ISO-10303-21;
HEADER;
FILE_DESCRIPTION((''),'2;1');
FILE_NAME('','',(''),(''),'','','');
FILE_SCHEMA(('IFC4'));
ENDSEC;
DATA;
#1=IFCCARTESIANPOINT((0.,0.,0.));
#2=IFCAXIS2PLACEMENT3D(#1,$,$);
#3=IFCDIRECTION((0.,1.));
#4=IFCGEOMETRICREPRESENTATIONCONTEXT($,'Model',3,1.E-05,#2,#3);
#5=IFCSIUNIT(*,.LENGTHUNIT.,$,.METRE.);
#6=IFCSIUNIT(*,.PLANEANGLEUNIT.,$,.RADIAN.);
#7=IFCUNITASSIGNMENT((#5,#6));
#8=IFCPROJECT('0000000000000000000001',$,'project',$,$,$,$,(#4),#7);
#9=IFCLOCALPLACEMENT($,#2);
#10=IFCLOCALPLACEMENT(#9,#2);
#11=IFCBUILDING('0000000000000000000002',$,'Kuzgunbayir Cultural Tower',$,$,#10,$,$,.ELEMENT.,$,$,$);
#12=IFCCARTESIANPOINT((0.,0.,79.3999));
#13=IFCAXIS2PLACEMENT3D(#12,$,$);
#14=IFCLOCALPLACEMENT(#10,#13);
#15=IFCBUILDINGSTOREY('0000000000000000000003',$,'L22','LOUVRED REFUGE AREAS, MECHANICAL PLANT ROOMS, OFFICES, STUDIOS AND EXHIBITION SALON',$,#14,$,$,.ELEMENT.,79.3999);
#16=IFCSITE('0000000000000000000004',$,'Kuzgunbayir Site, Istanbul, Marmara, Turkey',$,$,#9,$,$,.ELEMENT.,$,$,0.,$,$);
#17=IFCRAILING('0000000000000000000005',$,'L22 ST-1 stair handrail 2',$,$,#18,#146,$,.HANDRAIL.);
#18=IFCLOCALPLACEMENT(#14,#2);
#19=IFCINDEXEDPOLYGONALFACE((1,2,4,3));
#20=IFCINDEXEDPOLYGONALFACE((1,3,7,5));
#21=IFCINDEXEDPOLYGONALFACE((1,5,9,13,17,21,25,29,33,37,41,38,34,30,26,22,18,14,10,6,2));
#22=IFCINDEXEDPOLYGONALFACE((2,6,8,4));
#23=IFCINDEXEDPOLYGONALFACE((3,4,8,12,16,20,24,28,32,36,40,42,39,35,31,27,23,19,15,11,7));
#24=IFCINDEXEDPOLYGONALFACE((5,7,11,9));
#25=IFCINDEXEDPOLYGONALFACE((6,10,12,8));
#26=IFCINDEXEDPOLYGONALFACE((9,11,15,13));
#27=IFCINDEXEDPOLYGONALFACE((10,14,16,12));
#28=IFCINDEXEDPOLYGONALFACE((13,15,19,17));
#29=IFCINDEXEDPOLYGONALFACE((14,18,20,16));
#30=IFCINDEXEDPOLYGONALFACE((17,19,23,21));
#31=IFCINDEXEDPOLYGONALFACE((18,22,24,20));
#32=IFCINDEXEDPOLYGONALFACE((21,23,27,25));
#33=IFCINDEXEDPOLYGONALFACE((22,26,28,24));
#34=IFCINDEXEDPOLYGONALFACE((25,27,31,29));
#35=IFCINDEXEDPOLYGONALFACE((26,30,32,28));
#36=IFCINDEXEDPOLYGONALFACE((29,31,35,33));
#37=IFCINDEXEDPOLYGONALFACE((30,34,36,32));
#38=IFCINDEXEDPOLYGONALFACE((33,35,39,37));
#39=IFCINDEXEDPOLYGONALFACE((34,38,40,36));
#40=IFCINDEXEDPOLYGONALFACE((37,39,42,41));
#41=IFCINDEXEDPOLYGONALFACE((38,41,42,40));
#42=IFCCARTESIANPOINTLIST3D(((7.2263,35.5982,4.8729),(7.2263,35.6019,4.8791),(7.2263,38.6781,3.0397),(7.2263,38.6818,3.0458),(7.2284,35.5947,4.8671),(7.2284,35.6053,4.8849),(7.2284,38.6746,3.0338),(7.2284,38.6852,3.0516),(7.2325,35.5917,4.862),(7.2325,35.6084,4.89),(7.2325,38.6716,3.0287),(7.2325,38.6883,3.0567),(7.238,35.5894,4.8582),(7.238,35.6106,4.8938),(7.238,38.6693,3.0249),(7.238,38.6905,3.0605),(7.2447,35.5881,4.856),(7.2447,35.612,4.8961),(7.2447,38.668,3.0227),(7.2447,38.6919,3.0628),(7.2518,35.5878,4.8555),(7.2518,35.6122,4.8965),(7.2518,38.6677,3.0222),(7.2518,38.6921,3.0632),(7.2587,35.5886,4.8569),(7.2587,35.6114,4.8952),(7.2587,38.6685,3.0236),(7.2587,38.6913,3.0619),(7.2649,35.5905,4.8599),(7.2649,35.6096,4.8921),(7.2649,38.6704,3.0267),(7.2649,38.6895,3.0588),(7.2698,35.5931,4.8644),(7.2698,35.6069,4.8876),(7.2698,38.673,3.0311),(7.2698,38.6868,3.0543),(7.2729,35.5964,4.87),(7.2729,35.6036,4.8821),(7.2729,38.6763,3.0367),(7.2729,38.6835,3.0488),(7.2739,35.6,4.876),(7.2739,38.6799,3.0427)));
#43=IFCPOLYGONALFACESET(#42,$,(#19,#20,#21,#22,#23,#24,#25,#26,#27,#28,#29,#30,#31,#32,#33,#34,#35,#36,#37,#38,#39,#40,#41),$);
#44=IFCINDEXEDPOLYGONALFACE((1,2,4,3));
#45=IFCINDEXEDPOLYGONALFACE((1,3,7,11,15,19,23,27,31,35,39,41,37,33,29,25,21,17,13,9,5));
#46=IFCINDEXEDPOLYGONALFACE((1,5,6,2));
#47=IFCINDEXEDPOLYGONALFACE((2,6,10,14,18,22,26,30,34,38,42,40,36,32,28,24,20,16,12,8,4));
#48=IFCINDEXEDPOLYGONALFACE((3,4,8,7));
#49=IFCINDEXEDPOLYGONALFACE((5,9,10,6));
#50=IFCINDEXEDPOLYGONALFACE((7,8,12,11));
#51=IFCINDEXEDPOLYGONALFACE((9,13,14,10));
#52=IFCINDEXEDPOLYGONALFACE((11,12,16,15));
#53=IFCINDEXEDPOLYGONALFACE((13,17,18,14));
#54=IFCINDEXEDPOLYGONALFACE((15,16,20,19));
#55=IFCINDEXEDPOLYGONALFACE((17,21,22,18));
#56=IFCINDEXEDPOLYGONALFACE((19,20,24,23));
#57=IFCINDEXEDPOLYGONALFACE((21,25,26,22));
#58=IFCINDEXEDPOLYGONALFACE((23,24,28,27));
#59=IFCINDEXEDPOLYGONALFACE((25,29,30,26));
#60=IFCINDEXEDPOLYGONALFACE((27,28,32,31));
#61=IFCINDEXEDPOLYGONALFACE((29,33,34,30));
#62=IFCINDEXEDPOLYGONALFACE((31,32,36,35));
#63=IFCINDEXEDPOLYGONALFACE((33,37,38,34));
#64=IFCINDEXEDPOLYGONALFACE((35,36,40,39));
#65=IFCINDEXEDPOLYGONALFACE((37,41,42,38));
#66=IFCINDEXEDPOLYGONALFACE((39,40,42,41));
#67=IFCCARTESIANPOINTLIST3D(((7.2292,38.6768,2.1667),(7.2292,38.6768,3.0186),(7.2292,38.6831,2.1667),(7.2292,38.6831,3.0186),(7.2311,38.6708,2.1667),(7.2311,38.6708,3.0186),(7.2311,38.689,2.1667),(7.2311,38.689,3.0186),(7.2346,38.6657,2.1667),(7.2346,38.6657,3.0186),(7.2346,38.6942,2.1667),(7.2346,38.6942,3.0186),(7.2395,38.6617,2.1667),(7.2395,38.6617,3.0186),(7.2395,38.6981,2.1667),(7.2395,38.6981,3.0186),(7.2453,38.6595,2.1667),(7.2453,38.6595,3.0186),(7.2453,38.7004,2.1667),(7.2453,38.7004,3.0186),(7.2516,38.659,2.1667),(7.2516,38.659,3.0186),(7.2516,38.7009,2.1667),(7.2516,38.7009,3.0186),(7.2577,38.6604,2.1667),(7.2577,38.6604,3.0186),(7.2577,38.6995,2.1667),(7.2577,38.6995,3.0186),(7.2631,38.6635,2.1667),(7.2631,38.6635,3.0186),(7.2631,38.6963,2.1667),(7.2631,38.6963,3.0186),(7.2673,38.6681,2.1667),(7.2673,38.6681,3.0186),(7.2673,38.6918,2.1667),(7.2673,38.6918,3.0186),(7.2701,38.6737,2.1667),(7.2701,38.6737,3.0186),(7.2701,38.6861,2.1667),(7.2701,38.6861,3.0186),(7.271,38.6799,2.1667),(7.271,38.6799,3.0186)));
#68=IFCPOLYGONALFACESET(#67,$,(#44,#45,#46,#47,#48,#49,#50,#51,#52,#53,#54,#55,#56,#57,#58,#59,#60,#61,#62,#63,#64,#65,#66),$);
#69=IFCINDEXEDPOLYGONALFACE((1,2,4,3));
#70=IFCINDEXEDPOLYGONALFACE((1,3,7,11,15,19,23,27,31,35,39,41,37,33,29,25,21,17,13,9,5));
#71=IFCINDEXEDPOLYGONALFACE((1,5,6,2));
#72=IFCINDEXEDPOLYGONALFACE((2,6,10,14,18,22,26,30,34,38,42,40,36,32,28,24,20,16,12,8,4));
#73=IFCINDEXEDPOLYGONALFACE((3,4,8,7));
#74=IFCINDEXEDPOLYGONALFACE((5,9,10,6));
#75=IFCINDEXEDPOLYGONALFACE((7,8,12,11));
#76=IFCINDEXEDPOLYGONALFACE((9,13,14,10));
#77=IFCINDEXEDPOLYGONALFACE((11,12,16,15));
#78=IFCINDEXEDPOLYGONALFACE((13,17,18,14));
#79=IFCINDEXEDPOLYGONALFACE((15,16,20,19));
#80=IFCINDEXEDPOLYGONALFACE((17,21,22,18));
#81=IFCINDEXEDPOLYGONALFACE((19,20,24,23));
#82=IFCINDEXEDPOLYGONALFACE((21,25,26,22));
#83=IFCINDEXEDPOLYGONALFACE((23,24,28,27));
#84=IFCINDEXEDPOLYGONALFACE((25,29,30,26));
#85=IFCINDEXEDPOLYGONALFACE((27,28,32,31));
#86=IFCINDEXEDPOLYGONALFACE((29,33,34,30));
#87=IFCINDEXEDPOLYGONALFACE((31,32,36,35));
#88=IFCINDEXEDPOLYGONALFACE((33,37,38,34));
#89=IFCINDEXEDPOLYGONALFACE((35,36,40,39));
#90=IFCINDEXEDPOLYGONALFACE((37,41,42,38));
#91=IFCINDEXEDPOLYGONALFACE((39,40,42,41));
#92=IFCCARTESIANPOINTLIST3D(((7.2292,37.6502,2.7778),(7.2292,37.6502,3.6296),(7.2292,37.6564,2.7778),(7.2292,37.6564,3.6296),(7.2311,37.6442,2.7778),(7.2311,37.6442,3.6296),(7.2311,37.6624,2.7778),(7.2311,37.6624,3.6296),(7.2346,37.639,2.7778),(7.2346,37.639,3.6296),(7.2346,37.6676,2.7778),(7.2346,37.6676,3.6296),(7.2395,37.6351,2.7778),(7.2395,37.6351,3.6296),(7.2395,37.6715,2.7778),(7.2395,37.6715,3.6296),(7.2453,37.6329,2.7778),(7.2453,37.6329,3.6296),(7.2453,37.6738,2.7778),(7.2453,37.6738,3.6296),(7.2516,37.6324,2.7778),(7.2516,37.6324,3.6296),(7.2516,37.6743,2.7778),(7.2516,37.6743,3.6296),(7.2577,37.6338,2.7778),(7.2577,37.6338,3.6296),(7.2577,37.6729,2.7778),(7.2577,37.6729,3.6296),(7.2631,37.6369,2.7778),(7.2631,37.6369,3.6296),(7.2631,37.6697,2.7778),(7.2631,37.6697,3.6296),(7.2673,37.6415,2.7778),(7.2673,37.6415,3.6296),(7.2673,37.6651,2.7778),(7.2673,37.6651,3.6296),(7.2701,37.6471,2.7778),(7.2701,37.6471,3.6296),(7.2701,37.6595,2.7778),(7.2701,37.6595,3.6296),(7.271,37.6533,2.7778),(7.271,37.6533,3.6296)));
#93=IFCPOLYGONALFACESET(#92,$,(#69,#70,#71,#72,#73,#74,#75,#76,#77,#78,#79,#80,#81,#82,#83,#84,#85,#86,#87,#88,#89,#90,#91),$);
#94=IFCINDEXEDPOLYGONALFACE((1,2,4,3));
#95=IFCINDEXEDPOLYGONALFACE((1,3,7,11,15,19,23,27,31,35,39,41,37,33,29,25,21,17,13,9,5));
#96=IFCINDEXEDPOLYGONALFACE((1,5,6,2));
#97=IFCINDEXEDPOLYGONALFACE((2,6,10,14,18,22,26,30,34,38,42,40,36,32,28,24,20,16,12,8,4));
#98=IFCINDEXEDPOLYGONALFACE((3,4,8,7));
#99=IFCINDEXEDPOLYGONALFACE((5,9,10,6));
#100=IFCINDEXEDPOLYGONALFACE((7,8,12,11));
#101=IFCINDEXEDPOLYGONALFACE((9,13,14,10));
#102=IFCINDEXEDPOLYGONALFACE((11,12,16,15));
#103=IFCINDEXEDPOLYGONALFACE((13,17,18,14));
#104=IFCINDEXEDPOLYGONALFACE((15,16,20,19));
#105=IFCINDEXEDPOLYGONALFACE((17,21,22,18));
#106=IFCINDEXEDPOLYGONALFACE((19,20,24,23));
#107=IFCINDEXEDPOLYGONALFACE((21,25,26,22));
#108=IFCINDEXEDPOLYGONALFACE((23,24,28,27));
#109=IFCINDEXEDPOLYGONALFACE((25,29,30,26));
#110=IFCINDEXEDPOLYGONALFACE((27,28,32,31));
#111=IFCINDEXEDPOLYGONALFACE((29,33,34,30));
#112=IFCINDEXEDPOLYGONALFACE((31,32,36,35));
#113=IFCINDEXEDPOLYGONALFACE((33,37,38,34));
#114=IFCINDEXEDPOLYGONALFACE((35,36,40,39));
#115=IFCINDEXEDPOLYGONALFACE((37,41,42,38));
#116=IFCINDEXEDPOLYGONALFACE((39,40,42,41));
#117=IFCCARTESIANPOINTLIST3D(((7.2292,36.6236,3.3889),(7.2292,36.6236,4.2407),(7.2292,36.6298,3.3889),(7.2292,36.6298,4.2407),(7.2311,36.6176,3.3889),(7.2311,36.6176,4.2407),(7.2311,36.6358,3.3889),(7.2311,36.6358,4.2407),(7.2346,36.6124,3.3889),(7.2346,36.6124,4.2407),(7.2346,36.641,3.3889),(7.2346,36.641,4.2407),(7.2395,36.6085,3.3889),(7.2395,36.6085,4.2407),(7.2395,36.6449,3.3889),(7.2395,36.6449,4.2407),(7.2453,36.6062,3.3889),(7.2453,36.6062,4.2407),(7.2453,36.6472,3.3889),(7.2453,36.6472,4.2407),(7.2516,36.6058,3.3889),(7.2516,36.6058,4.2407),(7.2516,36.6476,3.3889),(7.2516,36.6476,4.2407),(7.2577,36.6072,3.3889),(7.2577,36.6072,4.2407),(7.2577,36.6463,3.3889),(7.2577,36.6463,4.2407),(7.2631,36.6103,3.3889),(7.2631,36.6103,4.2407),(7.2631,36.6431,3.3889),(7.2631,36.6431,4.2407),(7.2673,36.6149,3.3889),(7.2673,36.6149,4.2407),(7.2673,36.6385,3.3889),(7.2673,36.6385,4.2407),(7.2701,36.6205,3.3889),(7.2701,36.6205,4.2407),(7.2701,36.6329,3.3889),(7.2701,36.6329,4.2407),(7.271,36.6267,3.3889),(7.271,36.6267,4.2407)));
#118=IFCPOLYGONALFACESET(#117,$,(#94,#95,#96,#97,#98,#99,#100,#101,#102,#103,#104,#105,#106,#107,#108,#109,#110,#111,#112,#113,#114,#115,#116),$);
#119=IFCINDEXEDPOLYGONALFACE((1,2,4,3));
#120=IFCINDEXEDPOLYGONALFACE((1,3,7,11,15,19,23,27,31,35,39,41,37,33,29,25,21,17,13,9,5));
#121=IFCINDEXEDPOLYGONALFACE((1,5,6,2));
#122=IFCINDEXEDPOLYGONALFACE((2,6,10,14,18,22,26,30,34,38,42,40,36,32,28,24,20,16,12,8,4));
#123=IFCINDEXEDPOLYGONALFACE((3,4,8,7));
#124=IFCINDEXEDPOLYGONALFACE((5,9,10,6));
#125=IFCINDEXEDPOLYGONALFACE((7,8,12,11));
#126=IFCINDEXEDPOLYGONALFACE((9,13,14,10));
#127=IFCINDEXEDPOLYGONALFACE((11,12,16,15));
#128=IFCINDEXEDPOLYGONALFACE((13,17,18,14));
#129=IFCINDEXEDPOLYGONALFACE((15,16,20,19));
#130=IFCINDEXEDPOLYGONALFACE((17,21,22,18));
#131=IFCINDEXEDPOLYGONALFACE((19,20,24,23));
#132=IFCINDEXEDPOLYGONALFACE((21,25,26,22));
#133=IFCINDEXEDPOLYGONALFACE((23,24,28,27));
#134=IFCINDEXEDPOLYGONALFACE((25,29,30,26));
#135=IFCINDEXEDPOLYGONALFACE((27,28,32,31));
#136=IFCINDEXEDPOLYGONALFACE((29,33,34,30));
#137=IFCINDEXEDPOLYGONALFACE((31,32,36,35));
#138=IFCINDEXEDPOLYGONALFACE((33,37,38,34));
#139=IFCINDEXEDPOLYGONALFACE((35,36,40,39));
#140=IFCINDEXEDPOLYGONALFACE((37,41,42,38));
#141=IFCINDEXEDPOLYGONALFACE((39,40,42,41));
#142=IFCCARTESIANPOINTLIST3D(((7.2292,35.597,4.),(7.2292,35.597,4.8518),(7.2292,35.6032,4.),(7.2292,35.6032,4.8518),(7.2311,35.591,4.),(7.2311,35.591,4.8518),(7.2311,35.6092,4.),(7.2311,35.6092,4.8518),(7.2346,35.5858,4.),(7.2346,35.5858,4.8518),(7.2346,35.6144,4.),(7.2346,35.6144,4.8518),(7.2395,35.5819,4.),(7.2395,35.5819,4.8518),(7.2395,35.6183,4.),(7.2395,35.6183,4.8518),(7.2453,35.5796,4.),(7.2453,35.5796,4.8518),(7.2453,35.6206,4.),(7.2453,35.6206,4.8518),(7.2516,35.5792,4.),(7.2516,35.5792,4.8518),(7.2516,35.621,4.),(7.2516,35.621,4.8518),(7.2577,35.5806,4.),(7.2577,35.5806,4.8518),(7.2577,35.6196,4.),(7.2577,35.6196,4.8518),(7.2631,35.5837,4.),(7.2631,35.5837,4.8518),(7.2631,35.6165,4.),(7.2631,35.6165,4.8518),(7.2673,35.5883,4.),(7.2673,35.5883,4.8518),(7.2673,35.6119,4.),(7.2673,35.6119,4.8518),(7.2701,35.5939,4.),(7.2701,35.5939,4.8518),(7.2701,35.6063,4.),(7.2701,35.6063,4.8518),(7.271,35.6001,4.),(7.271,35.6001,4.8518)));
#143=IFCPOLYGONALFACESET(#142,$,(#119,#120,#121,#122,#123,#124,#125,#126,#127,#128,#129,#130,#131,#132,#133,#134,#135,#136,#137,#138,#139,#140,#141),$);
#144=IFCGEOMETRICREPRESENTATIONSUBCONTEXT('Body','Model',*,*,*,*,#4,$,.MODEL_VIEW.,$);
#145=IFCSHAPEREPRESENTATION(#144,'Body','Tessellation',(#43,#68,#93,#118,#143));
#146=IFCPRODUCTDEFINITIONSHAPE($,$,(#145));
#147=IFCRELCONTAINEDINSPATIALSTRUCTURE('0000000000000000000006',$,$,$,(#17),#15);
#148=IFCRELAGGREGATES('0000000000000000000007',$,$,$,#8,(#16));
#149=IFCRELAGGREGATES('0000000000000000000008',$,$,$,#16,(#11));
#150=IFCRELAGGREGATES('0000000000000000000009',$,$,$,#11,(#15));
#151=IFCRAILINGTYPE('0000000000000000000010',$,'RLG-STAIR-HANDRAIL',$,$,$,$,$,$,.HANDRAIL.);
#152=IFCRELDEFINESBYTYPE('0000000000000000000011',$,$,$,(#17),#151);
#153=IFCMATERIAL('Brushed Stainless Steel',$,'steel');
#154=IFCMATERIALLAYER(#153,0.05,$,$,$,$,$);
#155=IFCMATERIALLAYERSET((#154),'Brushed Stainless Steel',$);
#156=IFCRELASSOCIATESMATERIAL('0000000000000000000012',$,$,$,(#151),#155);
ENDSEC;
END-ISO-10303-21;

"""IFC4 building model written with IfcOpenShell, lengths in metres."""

from ifc_helpers import new_model, si_unit, direction, frame, origin, origin_2d, place, context, subcontext, project, spatial, circle, extrude, material, layer, layer_set, type_object, element, save


model = new_model("IFC4")

# Units and contexts
model_context = context("Model", 3, precision=1e-05, world=origin(), true_north=direction((0.0, 1.0)))
body_context = subcontext(model_context, "Body", "Model", "MODEL_VIEW")
ifc_project = project(units=[si_unit("LENGTHUNIT", "METRE"), si_unit("PLANEANGLEUNIT", "RADIAN")], contexts=[model_context])

# Site, building, storey
site_placement = place(None, origin())
site = spatial("IfcSite", under=ifc_project, at=site_placement, Name="Kuzgunbayir Site, Istanbul, Marmara, Turkey", CompositionType="ELEMENT", RefElevation=0.0)
building_placement = place(site_placement, origin())
building = spatial("IfcBuilding", under=site, at=building_placement, Name="Kuzgunbayir Cultural Tower", CompositionType="ELEMENT")
storey_placement = place(building_placement, frame((0.0, 0.0, 79.3999)))
storey = spatial("IfcBuildingStorey", under=building, at=storey_placement, Name="L22", Description="LOUVRED REFUGE AREAS, MECHANICAL PLANT ROOMS, OFFICES, STUDIOS AND EXHIBITION SALON", CompositionType="ELEMENT", Elevation=79.3999)

# Shared definitions
ifc_material_1 = material(Name="Brushed Stainless Steel", Category="steel")

# Railing
ifc_layer_1 = layer(ifc_material_1, 0.05)
ifc_layer_set_1 = layer_set([ifc_layer_1], Name="Brushed Stainless Steel")
railing_type_1 = type_object("IfcRailingType", Name="RLG-STAIR-HANDRAIL", PredefinedType="HANDRAIL", material=ifc_layer_set_1)
railing_1_placement = place(storey_placement, frame((7.25, 38.6799, 2.1667)))
element("IfcRailing", 1, at=railing_1_placement, inside=storey, type_object=railing_type_1, Name="L22 ST-1 stair handrail 2", PredefinedType="HANDRAIL", context=body_context, shape_type="SweptSolid", body=[
    extrude(circle(Radius=0.0239, at=origin_2d()), frame((0.0, 0.0, 0.876), z_axis=(0.0, -0.859291, 0.511487), x_axis=(1.0, 0.0, 0.0)), (0.0, 0.0, 1.0), 3.5842),
    extrude(circle(Radius=0.021, at=origin_2d()), origin(), (0.0, 0.0, 1.0), 0.8518),
    extrude(circle(Radius=0.021, at=origin_2d()), frame((0.0, -1.0266, 0.6111)), (0.0, 0.0, 1.0), 0.8518),
    extrude(circle(Radius=0.021, at=origin_2d()), frame((0.0, -2.0532, 1.2222)), (0.0, 0.0, 1.0), 0.8518),
    extrude(circle(Radius=0.021, at=origin_2d()), frame((0.0, -3.0798, 1.8333)), (0.0, 0.0, 1.0), 0.8518),
])

save(model, "model.ifc")
